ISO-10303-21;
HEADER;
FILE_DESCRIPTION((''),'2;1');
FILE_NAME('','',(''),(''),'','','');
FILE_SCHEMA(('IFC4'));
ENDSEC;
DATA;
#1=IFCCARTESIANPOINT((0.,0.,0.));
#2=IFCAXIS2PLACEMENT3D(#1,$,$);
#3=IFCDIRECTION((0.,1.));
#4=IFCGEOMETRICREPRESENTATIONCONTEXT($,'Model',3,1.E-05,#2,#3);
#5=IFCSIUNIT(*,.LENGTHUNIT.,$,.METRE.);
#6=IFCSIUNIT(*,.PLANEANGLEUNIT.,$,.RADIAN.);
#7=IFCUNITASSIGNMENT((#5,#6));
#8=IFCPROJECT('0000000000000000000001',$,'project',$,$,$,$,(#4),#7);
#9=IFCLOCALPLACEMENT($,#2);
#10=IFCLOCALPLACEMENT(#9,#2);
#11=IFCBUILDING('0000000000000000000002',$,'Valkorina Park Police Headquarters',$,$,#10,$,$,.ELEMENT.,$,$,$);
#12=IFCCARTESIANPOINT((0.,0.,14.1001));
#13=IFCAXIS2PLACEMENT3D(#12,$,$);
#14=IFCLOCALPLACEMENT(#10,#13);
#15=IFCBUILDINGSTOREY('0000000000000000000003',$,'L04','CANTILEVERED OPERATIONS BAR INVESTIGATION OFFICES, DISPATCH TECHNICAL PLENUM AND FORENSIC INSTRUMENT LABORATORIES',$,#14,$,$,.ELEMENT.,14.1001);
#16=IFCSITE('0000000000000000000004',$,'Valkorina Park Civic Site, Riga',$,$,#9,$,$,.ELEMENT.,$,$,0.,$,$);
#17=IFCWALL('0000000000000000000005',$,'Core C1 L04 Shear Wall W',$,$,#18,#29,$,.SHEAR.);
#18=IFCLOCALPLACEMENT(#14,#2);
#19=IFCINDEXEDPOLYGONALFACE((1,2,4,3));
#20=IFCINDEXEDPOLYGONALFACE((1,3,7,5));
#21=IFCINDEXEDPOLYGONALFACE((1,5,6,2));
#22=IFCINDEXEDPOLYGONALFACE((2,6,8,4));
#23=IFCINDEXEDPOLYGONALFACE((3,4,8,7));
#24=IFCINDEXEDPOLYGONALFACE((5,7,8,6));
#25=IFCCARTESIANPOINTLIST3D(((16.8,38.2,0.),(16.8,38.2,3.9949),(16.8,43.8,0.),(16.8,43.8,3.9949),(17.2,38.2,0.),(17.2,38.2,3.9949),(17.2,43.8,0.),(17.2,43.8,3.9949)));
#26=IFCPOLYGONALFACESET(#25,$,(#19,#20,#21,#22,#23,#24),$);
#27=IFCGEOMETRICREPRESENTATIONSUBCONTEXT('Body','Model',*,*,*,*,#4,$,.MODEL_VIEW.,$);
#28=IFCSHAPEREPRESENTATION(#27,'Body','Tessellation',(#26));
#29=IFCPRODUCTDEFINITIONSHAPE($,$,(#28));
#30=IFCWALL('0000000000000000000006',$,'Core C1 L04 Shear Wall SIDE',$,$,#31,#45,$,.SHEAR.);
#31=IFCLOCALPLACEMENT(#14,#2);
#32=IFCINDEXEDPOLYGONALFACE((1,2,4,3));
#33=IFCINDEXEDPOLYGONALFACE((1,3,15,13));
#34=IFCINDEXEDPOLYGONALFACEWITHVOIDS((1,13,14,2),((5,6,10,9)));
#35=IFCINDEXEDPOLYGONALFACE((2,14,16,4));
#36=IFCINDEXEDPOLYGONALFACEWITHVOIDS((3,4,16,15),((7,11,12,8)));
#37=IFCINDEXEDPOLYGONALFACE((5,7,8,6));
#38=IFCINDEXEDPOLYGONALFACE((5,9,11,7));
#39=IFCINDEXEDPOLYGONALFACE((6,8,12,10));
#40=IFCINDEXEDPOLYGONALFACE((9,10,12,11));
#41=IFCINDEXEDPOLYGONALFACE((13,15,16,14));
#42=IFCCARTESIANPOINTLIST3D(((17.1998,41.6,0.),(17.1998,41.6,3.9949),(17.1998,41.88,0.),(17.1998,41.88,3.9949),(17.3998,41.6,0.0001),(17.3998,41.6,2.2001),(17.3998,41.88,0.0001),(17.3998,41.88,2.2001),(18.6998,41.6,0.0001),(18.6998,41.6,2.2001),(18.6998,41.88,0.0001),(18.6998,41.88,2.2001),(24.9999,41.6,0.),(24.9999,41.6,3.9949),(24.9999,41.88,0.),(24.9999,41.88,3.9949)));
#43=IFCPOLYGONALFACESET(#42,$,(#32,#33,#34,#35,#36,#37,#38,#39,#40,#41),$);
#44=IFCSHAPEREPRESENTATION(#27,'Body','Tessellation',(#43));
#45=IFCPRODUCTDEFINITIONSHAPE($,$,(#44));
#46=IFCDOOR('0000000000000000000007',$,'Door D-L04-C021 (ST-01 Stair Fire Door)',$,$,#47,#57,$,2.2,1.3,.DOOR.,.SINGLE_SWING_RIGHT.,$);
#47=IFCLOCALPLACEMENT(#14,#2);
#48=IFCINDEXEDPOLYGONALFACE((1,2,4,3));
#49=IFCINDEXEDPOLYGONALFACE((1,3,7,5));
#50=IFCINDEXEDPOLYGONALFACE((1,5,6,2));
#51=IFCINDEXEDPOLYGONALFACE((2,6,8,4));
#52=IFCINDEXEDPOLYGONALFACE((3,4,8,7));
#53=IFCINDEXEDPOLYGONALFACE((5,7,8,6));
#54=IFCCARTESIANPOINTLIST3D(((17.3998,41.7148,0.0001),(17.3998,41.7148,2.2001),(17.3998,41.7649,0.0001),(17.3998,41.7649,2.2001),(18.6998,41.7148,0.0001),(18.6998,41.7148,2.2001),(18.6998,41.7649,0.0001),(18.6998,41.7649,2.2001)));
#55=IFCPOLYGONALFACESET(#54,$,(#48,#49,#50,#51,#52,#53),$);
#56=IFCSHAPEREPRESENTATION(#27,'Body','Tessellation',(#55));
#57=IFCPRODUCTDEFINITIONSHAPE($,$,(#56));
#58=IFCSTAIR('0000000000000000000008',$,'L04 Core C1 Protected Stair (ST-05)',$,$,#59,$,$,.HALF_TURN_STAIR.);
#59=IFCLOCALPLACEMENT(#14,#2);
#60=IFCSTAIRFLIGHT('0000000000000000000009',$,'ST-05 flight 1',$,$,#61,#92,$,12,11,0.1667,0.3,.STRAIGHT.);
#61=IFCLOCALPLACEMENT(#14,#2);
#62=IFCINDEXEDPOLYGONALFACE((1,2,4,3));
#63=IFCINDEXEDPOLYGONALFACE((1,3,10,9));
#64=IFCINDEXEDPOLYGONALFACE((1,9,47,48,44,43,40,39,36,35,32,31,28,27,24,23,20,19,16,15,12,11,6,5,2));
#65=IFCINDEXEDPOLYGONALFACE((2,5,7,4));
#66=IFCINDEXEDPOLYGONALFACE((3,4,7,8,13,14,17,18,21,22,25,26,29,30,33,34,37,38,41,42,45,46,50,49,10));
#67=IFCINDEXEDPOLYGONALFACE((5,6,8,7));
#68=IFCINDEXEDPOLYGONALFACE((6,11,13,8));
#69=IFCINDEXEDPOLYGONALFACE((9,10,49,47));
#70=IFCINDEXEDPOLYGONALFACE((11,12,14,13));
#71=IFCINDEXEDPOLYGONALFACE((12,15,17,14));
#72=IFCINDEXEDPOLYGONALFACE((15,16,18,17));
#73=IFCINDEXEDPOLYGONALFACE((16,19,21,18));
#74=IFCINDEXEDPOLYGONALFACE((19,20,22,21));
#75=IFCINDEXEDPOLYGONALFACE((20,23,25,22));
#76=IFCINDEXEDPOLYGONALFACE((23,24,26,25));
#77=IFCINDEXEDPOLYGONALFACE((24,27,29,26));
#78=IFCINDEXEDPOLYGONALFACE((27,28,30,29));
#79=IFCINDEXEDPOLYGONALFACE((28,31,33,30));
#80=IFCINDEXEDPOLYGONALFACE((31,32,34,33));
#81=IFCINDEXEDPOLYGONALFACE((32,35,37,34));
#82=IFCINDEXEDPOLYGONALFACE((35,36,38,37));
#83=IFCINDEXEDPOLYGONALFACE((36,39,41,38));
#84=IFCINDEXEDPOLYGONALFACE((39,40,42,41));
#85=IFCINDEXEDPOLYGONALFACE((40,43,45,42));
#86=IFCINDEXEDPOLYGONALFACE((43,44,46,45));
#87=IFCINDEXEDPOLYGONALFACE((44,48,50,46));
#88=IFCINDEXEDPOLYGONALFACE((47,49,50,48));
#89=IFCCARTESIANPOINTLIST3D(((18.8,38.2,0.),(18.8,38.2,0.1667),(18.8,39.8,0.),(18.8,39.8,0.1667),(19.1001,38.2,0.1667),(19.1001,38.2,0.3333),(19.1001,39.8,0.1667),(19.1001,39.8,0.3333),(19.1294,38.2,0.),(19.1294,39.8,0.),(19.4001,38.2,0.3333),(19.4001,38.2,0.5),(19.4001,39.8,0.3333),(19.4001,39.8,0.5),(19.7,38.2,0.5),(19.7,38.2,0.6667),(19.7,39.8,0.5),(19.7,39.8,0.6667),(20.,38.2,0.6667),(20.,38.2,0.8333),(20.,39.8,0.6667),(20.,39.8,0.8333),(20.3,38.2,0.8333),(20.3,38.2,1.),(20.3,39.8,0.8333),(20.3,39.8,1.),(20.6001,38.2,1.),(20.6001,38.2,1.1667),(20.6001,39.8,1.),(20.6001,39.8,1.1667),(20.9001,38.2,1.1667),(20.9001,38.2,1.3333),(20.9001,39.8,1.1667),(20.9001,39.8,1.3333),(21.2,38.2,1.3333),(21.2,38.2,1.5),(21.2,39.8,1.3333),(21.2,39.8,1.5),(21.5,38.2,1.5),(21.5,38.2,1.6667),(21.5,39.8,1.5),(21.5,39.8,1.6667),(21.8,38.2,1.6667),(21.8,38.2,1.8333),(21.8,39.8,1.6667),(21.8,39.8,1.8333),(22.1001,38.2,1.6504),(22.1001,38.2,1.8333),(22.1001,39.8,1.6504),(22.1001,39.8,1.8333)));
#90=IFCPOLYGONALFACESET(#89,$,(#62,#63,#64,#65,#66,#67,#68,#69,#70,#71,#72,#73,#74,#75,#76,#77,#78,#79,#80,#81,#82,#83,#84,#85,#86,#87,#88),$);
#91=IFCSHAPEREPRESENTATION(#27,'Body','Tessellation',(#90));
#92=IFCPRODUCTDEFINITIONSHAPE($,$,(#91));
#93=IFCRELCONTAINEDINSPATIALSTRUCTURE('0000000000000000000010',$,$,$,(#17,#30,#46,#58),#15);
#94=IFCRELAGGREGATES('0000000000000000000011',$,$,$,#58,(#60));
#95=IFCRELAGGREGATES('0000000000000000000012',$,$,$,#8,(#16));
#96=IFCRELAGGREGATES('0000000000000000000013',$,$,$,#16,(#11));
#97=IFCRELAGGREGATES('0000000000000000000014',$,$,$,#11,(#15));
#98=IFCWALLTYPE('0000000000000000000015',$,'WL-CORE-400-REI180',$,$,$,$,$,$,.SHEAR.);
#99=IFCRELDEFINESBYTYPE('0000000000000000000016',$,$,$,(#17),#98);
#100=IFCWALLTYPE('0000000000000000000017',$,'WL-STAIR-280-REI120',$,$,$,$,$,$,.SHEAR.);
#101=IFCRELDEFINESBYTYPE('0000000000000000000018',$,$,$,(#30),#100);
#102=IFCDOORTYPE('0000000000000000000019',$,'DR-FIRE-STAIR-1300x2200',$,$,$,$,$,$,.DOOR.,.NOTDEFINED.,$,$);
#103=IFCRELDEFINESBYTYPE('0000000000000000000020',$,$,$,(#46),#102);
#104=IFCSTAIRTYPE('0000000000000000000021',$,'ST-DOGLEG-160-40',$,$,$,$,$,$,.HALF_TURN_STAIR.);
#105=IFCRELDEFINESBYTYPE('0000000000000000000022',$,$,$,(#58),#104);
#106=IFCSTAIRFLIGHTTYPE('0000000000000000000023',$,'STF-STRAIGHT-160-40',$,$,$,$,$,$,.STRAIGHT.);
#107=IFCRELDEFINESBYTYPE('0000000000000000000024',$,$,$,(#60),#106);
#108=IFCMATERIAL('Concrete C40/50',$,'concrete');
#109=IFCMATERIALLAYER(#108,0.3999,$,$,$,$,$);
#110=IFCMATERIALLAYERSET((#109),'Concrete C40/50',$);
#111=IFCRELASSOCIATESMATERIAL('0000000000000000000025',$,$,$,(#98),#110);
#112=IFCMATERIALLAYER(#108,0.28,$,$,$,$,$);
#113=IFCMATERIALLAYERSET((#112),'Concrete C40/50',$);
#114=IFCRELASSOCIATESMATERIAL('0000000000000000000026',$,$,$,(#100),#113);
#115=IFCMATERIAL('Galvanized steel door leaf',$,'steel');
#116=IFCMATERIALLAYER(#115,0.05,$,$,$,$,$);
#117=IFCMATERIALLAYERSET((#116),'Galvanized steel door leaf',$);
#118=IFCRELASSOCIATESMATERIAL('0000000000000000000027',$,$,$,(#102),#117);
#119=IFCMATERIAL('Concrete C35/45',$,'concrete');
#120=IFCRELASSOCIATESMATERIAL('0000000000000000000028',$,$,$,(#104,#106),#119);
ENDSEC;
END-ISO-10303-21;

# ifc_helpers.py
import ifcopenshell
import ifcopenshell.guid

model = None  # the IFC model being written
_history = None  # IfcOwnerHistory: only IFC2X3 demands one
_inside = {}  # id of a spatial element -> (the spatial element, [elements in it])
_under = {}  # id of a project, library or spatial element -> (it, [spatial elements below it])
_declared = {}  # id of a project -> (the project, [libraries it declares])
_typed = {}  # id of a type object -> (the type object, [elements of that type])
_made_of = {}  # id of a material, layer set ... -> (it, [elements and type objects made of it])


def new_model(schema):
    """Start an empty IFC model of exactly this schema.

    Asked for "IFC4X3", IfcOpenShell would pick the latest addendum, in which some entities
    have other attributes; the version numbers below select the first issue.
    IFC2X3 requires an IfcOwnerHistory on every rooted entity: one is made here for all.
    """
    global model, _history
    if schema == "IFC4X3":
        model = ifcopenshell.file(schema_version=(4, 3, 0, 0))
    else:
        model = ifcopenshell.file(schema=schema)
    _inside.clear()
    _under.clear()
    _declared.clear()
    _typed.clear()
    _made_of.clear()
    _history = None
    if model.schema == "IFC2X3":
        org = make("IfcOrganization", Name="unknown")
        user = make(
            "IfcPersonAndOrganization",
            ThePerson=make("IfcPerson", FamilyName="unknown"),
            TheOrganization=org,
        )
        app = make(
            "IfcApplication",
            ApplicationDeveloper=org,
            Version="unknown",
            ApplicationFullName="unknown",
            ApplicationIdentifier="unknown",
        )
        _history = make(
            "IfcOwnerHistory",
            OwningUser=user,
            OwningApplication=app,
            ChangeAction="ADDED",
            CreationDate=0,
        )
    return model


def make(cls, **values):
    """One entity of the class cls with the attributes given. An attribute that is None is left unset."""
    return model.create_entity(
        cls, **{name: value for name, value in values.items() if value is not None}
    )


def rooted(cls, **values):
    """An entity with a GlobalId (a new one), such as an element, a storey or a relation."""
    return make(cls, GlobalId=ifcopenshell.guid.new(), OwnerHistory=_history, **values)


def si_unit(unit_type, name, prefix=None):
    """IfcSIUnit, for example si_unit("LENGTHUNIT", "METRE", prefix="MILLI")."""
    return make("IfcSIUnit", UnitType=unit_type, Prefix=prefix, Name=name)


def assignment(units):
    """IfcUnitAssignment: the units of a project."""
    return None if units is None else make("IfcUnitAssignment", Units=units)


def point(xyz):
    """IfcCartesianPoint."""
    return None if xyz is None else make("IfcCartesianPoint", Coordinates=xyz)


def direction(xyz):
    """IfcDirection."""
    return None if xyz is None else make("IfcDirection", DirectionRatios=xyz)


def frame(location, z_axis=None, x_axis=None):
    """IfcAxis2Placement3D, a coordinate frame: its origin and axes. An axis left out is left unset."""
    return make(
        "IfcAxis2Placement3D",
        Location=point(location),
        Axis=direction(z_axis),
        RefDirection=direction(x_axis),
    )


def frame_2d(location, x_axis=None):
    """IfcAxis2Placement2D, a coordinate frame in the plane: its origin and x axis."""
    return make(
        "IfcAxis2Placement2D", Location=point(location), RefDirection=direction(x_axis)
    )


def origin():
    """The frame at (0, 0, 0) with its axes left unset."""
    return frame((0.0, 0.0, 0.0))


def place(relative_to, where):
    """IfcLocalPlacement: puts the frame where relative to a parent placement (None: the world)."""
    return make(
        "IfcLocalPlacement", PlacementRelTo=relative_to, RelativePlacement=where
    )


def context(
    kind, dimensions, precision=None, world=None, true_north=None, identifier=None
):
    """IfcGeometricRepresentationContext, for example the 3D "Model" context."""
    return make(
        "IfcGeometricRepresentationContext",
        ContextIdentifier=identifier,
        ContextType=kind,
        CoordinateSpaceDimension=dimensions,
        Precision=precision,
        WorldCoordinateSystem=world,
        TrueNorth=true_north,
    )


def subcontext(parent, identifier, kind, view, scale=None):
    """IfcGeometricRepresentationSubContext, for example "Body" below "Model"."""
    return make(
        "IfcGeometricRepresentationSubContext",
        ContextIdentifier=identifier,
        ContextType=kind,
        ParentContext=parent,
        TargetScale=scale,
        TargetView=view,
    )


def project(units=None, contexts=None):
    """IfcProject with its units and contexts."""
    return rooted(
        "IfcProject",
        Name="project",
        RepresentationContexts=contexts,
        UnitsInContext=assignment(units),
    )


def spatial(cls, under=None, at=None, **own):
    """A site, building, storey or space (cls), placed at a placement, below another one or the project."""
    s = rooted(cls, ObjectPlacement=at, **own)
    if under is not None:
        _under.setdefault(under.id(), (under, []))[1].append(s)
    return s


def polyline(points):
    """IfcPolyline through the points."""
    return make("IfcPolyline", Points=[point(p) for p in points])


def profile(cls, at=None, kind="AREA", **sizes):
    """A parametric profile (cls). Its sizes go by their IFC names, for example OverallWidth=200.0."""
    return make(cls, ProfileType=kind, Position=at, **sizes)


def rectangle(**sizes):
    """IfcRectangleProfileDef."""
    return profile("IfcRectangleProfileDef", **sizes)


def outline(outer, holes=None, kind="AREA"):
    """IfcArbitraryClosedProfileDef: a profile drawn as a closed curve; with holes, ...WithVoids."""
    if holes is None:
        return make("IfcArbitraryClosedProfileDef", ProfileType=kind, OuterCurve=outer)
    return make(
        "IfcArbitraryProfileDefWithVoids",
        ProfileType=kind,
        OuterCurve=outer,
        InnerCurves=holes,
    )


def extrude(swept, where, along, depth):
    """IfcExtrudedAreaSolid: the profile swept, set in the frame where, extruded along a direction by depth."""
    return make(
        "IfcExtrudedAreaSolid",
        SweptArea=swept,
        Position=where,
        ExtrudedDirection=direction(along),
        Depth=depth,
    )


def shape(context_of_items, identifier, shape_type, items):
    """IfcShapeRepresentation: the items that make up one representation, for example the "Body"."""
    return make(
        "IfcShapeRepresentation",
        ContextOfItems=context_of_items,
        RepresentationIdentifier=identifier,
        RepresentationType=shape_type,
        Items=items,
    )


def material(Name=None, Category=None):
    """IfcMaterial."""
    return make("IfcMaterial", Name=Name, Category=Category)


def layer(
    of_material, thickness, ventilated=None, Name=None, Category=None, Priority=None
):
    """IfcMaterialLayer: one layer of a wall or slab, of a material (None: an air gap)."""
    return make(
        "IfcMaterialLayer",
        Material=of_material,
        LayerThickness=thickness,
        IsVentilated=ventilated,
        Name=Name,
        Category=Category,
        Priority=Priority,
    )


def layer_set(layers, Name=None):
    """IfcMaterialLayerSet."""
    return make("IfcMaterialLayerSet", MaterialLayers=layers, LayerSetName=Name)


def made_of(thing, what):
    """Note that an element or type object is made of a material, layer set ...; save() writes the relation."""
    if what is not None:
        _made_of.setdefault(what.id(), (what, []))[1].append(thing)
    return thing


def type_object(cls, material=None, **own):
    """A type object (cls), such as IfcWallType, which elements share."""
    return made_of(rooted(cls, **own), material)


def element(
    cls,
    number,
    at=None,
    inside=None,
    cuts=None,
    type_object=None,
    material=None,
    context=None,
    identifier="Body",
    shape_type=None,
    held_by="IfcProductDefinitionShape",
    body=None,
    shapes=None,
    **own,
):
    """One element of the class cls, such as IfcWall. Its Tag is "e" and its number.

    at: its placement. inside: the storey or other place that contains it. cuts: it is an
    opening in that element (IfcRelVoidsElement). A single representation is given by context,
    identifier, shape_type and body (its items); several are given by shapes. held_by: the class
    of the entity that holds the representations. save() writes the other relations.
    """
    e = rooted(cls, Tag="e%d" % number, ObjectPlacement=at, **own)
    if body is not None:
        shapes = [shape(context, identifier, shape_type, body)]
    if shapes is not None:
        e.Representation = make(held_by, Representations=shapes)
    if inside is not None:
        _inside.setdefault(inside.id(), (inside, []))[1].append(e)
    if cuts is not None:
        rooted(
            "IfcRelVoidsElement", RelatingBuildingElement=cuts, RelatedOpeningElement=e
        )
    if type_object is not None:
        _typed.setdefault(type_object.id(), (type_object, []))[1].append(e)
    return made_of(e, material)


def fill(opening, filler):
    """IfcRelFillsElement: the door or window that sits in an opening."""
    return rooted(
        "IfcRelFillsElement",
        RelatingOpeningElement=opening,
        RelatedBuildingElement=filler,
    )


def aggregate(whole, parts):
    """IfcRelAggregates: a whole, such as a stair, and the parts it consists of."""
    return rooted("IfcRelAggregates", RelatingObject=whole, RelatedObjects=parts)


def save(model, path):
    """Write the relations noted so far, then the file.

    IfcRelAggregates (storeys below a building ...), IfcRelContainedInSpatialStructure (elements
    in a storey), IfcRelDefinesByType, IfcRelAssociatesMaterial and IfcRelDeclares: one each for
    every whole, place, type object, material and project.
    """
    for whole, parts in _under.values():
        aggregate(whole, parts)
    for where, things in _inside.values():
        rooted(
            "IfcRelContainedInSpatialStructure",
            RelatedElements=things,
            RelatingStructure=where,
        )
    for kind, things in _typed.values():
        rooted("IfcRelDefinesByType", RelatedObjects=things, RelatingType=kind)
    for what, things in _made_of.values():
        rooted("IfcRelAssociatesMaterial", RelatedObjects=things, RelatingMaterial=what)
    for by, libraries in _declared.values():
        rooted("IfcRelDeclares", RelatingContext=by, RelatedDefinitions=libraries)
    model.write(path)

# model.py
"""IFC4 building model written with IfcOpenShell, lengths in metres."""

from ifc_helpers import new_model, si_unit, direction, frame, frame_2d, origin, place, context, subcontext, project, spatial, polyline, rectangle, outline, extrude, material, layer, layer_set, type_object, element, fill, aggregate, save


model = new_model("IFC4")

# Units and contexts
model_context = context("Model", 3, precision=1e-05, world=origin(), true_north=direction((0.0, 1.0)))
body_context = subcontext(model_context, "Body", "Model", "MODEL_VIEW")
ifc_project = project(units=[si_unit("LENGTHUNIT", "METRE"), si_unit("PLANEANGLEUNIT", "RADIAN")], contexts=[model_context])

# Site, building, storey
site_placement = place(None, origin())
site = spatial("IfcSite", under=ifc_project, at=site_placement, Name="Valkorina Park Civic Site, Riga", CompositionType="ELEMENT", RefElevation=0.0)
building_placement = place(site_placement, origin())
building = spatial("IfcBuilding", under=site, at=building_placement, Name="Valkorina Park Police Headquarters", CompositionType="ELEMENT")
storey_placement = place(building_placement, frame((0.0, 0.0, 14.1001)))
storey = spatial("IfcBuildingStorey", under=building, at=storey_placement, Name="L04", Description="CANTILEVERED OPERATIONS BAR INVESTIGATION OFFICES, DISPATCH TECHNICAL PLENUM AND FORENSIC INSTRUMENT LABORATORIES", CompositionType="ELEMENT", Elevation=14.1001)

# Wall
ifc_material_1 = material(Name="Concrete C40/50", Category="concrete")
ifc_layer_1 = layer(ifc_material_1, 0.3999)
ifc_layer_set_1 = layer_set([ifc_layer_1], Name="Concrete C40/50")
wall_type_1 = type_object("IfcWallType", Name="WL-CORE-400-REI180", PredefinedType="SHEAR", material=ifc_layer_set_1)
wall_1_placement = place(storey_placement, frame((17.0, 38.2, 0.0), z_axis=(0.0, 0.0, 1.0), x_axis=(0.0, 1.0, 0.0)))
element("IfcWall", 1, at=wall_1_placement, inside=storey, type_object=wall_type_1, Name="Core C1 L04 Shear Wall W", PredefinedType="SHEAR", context=body_context, shape_type="SweptSolid", body=[
    extrude(rectangle(XDim=5.6001, YDim=0.3999, at=frame_2d((2.8, 0.0))), origin(), (0.0, 0.0, 1.0), 3.9949),
])

# Wall, opening, door
ifc_layer_2 = layer(ifc_material_1, 0.28)
ifc_layer_set_2 = layer_set([ifc_layer_2], Name="Concrete C40/50")
wall_type_2 = type_object("IfcWallType", Name="WL-STAIR-280-REI120", PredefinedType="SHEAR", material=ifc_layer_set_2)
wall_2_placement = place(storey_placement, frame((17.2, 41.74, 0.0), z_axis=(0.0, 0.0, 1.0), x_axis=(1.0, 0.0, 0.0)))
wall_2 = element("IfcWall", 2, at=wall_2_placement, inside=storey, type_object=wall_type_2, Name="Core C1 L04 Shear Wall SIDE", PredefinedType="SHEAR", context=body_context, shape_type="SweptSolid", body=[
    extrude(rectangle(XDim=7.8, YDim=0.28, at=frame_2d((3.8999, 0.0))), origin(), (0.0, 0.0, 1.0), 3.9949),
])
opening_placement = place(wall_2_placement, frame((0.2, 0.0, 0.0)))
opening = element("IfcOpeningElement", 3, at=opening_placement, cuts=wall_2, PredefinedType="OPENING", context=body_context, shape_type="SweptSolid", body=[
    extrude(rectangle(XDim=1.3, YDim=2.2, at=frame_2d((0.6499, 1.1001))), frame((0.0, 0.1499, 0.0), z_axis=(0.0, -1.0, 0.0), x_axis=(1.0, 0.0, 0.0)), (0.0, 0.0, 1.0), 0.3),
])
ifc_material_2 = material(Name="Galvanized steel door leaf", Category="steel")
ifc_layer_3 = layer(ifc_material_2, 0.05)
ifc_layer_set_3 = layer_set([ifc_layer_3], Name="Galvanized steel door leaf")
door_type = type_object("IfcDoorType", Name="DR-FIRE-STAIR-1300x2200", OperationType="NOTDEFINED", PredefinedType="DOOR", material=ifc_layer_set_3)
door_placement = place(opening_placement, origin())
door = element("IfcDoor", 4, at=door_placement, inside=storey, type_object=door_type, Name="Door D-L04-C021 (ST-01 Stair Fire Door)", OperationType="SINGLE_SWING_RIGHT", OverallHeight=2.2, OverallWidth=1.3, PredefinedType="DOOR", context=body_context, shape_type="SweptSolid", body=[
    extrude(rectangle(XDim=1.3, YDim=2.2, at=frame_2d((0.6499, 1.1001))), frame((0.0, 0.0249, 0.0), z_axis=(0.0, -1.0, 0.0), x_axis=(1.0, 0.0, 0.0)), (0.0, 0.0, 1.0), 0.05),
])
fill(opening, door)

# Stair, stair flight
ifc_material_3 = material(Name="Concrete C35/45", Category="concrete")
stair_type = type_object("IfcStairType", Name="ST-DOGLEG-160-40", PredefinedType="HALF_TURN_STAIR", material=ifc_material_3)
stair_placement = place(storey_placement, origin())
stair = element("IfcStair", 5, at=stair_placement, inside=storey, type_object=stair_type, Name="L04 Core C1 Protected Stair (ST-05)", PredefinedType="HALF_TURN_STAIR")
stair_flight_type = type_object("IfcStairFlightType", Name="STF-STRAIGHT-160-40", PredefinedType="STRAIGHT", material=ifc_material_3)
stair_flight_placement = place(storey_placement, frame((18.8, 39.0, 0.0), z_axis=(0.0, 0.0, 1.0), x_axis=(1.0, 0.0, 0.0)))
stair_flight = element("IfcStairFlight", 6, at=stair_flight_placement, type_object=stair_flight_type, Name="ST-05 flight 1", NumberOfRisers=12, NumberOfTreads=11, PredefinedType="STRAIGHT", RiserHeight=0.1667, TreadLength=0.3, context=body_context, shape_type="SweptSolid", body=[
    extrude(outline(polyline([(0.0, 0.0), (0.0, 0.1667), (0.3, 0.1667), (0.3, 0.3333), (0.6001, 0.3333), (0.6001, 0.5), (0.8999, 0.5), (0.8999, 0.6667), (1.2, 0.6667), (1.2, 0.8333), (1.5, 0.8333), (1.5, 1.0), (1.8, 1.0), (1.8, 1.1667), (2.1001, 1.1667), (2.1001, 1.3333), (2.3999, 1.3333), (2.3999, 1.5), (2.7, 1.5), (2.7, 1.6667), (3.0, 1.6667), (3.0, 1.8333), (3.3, 1.8333), (3.3, 2.0), (3.3, 1.6504), (0.3293, 0.0), (0.0, 0.0)])), frame((0.0, 0.8, 0.0), z_axis=(0.0, -1.0, 0.0), x_axis=(1.0, 0.0, 0.0)), (0.0, 0.0, 1.0), 1.6001),
])
aggregate(stair, [stair_flight])

save(model, "model.ifc")
